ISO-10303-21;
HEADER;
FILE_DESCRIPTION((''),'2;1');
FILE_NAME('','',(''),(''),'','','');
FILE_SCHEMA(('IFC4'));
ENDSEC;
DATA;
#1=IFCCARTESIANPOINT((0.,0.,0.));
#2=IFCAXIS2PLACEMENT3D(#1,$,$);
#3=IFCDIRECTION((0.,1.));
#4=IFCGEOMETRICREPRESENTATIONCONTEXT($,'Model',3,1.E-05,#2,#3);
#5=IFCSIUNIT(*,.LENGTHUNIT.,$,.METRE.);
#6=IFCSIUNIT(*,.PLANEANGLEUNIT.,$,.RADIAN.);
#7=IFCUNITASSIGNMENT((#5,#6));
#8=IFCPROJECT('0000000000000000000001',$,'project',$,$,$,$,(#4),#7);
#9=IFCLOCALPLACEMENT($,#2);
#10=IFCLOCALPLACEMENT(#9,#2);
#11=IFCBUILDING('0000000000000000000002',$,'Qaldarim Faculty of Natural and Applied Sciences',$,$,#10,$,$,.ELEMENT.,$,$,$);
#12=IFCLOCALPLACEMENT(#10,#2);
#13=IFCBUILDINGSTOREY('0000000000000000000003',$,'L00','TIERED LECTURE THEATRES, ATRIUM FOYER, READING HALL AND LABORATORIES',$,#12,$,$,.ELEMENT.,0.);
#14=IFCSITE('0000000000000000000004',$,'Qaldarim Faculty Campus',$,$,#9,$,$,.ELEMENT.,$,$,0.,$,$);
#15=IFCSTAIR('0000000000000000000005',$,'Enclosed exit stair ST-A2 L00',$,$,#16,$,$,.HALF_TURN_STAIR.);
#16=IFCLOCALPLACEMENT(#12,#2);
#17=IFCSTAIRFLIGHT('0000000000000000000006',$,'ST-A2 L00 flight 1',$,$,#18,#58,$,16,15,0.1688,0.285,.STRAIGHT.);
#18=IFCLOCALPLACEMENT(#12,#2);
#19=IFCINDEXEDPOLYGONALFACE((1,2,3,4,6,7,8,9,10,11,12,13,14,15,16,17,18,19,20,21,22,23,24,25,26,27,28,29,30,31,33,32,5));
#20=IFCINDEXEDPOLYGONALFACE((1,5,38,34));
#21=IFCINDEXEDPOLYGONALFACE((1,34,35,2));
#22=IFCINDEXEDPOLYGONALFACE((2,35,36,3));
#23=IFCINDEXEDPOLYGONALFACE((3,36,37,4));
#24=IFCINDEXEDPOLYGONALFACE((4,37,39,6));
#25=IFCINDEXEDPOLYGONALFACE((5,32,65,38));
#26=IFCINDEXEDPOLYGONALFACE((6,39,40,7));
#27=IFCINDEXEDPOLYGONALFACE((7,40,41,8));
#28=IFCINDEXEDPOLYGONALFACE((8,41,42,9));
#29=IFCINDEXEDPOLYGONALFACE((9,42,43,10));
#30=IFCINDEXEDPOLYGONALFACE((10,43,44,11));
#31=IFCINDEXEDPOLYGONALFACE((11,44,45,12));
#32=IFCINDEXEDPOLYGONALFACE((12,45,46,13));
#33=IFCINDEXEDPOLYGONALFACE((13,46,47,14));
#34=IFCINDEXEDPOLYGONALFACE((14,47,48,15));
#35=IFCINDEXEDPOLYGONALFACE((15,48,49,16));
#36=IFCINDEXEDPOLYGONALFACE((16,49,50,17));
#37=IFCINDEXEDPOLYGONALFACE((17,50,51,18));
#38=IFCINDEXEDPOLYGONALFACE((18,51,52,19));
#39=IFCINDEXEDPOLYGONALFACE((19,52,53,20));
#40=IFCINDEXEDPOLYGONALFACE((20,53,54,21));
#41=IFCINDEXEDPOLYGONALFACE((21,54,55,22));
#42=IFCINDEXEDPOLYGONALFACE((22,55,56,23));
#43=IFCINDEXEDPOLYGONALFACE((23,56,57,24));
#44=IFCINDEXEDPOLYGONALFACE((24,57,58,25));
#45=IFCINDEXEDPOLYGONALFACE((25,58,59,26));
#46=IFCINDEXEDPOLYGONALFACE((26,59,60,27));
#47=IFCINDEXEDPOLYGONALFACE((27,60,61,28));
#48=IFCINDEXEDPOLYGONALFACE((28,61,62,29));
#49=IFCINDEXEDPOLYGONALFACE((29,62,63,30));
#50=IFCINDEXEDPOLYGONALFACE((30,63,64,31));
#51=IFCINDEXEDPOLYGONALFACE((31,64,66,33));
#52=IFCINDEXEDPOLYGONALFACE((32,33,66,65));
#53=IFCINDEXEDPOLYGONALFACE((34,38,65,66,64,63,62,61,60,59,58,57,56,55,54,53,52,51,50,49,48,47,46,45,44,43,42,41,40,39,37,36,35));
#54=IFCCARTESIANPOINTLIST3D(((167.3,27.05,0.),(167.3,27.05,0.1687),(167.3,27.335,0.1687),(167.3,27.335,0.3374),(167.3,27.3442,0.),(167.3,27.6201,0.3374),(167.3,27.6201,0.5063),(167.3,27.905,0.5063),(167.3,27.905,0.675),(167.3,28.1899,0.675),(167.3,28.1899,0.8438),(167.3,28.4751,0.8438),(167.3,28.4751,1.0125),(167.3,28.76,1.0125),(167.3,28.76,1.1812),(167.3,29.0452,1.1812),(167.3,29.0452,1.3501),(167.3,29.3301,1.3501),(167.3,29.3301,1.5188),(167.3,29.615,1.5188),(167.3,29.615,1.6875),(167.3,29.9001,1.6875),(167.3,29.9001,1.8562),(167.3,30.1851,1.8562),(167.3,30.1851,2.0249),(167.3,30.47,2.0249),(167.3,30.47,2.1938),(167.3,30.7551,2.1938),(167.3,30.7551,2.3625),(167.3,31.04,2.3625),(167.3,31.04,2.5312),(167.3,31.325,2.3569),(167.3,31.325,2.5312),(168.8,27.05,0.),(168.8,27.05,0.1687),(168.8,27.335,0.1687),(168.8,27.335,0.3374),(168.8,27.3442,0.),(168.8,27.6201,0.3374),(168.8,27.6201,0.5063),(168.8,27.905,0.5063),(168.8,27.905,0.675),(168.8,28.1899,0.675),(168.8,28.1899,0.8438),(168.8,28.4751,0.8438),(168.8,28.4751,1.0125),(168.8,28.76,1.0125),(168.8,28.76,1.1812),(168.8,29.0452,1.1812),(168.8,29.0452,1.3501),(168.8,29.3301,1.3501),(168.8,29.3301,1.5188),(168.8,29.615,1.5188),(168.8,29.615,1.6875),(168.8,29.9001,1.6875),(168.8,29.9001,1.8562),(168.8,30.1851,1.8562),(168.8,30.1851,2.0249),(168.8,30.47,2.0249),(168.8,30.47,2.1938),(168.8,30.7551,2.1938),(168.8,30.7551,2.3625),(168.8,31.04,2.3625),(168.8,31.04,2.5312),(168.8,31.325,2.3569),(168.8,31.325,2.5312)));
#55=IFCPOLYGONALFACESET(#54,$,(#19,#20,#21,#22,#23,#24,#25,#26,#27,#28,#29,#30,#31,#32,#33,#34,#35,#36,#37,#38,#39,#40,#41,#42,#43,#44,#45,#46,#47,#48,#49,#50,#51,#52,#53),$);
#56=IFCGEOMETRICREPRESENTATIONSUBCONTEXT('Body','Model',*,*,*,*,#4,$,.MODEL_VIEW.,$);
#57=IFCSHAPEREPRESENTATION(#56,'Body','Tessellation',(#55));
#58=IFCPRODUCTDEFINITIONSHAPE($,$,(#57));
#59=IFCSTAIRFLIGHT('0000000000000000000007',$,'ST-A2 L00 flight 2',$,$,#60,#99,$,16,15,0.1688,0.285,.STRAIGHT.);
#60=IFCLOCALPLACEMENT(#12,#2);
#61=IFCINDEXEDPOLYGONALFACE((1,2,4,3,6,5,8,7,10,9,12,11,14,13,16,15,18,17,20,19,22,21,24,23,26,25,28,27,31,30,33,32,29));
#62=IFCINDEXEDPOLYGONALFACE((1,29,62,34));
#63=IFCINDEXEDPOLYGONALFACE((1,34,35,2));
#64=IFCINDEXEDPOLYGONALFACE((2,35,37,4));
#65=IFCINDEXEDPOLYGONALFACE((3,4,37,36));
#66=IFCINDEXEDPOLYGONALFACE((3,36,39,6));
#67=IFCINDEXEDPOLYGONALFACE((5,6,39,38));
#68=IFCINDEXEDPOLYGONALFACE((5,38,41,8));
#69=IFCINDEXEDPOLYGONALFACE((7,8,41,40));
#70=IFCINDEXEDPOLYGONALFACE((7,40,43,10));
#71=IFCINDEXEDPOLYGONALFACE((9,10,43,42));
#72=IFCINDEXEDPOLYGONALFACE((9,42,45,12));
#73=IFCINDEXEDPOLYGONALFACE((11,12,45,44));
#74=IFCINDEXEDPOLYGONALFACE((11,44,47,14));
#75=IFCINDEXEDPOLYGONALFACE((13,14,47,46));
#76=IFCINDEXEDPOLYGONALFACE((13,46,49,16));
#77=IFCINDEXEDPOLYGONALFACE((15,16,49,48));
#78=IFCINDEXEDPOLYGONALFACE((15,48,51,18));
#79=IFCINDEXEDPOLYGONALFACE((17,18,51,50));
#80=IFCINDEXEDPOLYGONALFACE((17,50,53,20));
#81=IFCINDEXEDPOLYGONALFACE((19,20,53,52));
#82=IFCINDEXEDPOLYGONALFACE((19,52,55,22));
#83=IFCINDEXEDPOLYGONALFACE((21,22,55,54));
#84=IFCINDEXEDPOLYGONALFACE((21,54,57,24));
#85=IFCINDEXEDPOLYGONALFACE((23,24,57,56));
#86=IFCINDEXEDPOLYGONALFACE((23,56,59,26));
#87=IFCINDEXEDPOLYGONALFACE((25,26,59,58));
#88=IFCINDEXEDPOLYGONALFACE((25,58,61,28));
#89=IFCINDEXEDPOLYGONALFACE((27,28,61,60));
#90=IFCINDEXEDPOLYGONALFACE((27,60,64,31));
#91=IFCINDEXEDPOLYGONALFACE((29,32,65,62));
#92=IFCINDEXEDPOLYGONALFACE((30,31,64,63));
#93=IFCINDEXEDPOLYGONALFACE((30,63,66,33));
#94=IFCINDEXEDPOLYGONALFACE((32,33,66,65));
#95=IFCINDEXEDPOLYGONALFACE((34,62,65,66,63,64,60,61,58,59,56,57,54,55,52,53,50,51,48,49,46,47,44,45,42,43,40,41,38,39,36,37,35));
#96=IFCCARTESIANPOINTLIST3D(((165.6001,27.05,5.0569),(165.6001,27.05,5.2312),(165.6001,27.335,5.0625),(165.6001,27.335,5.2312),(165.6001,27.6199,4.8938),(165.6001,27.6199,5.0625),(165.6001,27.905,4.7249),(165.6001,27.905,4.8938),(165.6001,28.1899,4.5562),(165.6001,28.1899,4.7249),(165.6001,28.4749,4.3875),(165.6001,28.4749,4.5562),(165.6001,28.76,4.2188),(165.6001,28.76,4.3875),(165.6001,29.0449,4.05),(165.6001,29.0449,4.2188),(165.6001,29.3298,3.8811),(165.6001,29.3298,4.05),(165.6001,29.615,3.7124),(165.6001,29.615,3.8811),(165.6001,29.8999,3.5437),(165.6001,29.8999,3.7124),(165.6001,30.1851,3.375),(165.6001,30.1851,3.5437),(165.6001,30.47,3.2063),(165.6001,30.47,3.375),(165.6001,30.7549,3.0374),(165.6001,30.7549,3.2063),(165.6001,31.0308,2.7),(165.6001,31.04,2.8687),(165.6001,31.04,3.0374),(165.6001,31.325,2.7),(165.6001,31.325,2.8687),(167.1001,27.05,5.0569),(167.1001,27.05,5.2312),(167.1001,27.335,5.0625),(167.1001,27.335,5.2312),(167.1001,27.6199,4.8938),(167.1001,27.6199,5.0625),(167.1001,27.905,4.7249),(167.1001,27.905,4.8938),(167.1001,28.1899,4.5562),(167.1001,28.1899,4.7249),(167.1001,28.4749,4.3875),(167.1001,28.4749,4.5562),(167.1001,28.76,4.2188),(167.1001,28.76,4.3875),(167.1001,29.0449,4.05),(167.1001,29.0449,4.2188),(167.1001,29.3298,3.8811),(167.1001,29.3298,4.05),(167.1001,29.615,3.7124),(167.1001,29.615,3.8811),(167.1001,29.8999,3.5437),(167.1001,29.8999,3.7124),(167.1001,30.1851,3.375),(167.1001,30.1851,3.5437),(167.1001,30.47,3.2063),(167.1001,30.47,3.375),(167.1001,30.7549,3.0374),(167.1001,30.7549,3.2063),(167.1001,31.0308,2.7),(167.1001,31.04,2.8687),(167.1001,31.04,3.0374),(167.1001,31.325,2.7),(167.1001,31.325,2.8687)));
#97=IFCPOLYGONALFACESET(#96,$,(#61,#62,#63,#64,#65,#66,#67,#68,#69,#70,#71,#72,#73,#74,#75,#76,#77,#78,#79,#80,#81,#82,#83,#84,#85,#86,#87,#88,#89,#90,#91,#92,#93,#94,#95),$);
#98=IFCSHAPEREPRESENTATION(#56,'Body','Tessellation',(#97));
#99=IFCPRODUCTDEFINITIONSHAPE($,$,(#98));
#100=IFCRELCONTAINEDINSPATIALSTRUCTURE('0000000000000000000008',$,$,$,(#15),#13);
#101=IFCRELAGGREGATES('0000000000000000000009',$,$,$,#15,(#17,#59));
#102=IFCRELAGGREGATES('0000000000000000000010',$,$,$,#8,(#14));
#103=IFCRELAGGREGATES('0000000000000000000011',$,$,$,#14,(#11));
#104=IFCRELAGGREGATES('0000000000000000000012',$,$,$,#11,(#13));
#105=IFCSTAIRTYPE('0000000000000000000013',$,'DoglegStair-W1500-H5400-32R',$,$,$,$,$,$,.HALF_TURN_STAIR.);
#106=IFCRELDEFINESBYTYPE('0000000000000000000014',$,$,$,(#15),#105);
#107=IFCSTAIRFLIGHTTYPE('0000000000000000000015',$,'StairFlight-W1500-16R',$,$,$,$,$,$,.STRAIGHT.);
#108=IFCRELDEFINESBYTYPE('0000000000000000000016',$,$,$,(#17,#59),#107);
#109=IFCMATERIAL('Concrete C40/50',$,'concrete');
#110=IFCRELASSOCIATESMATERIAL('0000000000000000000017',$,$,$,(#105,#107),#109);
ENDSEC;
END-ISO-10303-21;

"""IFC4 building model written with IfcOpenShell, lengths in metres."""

from ifc_helpers import new_model, si_unit, direction, frame, origin, place, context, subcontext, project, spatial, polyline, outline, extrude, material, type_object, element, aggregate, save


model = new_model("IFC4")

# Units and contexts
model_context = context("Model", 3, precision=1e-05, world=origin(), true_north=direction((0.0, 1.0)))
body_context = subcontext(model_context, "Body", "Model", "MODEL_VIEW")
ifc_project = project(units=[si_unit("LENGTHUNIT", "METRE"), si_unit("PLANEANGLEUNIT", "RADIAN")], contexts=[model_context])

# Site, building, storey
site_placement = place(None, origin())
site = spatial("IfcSite", under=ifc_project, at=site_placement, Name="Qaldarim Faculty Campus", CompositionType="ELEMENT", RefElevation=0.0)
building_placement = place(site_placement, origin())
building = spatial("IfcBuilding", under=site, at=building_placement, Name="Qaldarim Faculty of Natural and Applied Sciences", CompositionType="ELEMENT")
storey_placement = place(building_placement, origin())
storey = spatial("IfcBuildingStorey", under=building, at=storey_placement, Name="L00", Description="TIERED LECTURE THEATRES, ATRIUM FOYER, READING HALL AND LABORATORIES", CompositionType="ELEMENT", Elevation=0.0)

# Shared definitions
ifc_material_1 = material(Name="Concrete C40/50", Category="concrete")

# Stair, stair flights
stair_type = type_object("IfcStairType", Name="DoglegStair-W1500-H5400-32R", PredefinedType="HALF_TURN_STAIR", material=ifc_material_1)
stair_placement = place(storey_placement, origin())
stair = element("IfcStair", 1, at=stair_placement, inside=storey, type_object=stair_type, Name="Enclosed exit stair ST-A2 L00", PredefinedType="HALF_TURN_STAIR")
stair_flight_type = type_object("IfcStairFlightType", Name="StairFlight-W1500-16R", PredefinedType="STRAIGHT", material=ifc_material_1)
stair_flight_1_placement = place(storey_placement, frame((168.05, 27.05, 0.0), z_axis=(0.0, 0.0, 1.0), x_axis=(0.0, 1.0, 0.0)))
stair_flight_1 = element("IfcStairFlight", 2, at=stair_flight_1_placement, type_object=stair_flight_type, Name="ST-A2 L00 flight 1", NumberOfRisers=16, NumberOfTreads=15, PredefinedType="STRAIGHT", RiserHeight=0.1688, TreadLength=0.285, context=body_context, shape_type="SweptSolid", body=[
    extrude(outline(polyline([(0.0, 0.0), (0.0, 0.1687), (0.2849, 0.1687), (0.2849, 0.3374), (0.5701, 0.3374), (0.5701, 0.5063), (0.855, 0.5063), (0.855, 0.675), (1.1399, 0.675), (1.1399, 0.8438), (1.425, 0.8438), (1.425, 1.0125), (1.71, 1.0125), (1.71, 1.1812), (1.9951, 1.1812), (1.9951, 1.3501), (2.28, 1.3501), (2.28, 1.5188), (2.5649, 1.5188), (2.5649, 1.6875), (2.8501, 1.6875), (2.8501, 1.8562), (3.135, 1.8562), (3.135, 2.0249), (3.4199, 2.0249), (3.4199, 2.1938), (3.7051, 2.1938), (3.7051, 2.3625), (3.99, 2.3625), (3.99, 2.5312), (4.2749, 2.5312), (4.2749, 2.7), (4.2749, 2.3569), (0.2942, 0.0), (0.0, 0.0)])), frame((0.0, 0.75, 0.0), z_axis=(0.0, -1.0, 0.0), x_axis=(1.0, 0.0, 0.0)), (0.0, 0.0, 1.0), 1.5),
])
stair_flight_2_placement = place(storey_placement, frame((166.3501, 31.325, 2.7), z_axis=(0.0, 0.0, 1.0), x_axis=(0.0, -1.0, 0.0)))
stair_flight_2 = element("IfcStairFlight", 3, at=stair_flight_2_placement, type_object=stair_flight_type, Name="ST-A2 L00 flight 2", NumberOfRisers=16, NumberOfTreads=15, PredefinedType="STRAIGHT", RiserHeight=0.1688, TreadLength=0.285, context=body_context, shape_type="SweptSolid", body=[
    extrude(outline(polyline([(0.0, 0.0), (0.0, 0.1687), (0.2849, 0.1687), (0.2849, 0.3374), (0.5701, 0.3374), (0.5701, 0.5063), (0.855, 0.5063), (0.855, 0.675), (1.1399, 0.675), (1.1399, 0.8438), (1.425, 0.8438), (1.425, 1.0125), (1.71, 1.0125), (1.71, 1.1812), (1.9951, 1.1812), (1.9951, 1.3501), (2.28, 1.3501), (2.28, 1.5188), (2.5649, 1.5188), (2.5649, 1.6875), (2.8501, 1.6875), (2.8501, 1.8562), (3.135, 1.8562), (3.135, 2.0249), (3.4199, 2.0249), (3.4199, 2.1938), (3.7051, 2.1938), (3.7051, 2.3625), (3.99, 2.3625), (3.99, 2.5312), (4.2749, 2.5312), (4.2749, 2.7), (4.2749, 2.3569), (0.2942, 0.0), (0.0, 0.0)])), frame((0.0, 0.75, 0.0), z_axis=(0.0, -1.0, 0.0), x_axis=(1.0, 0.0, 0.0)), (0.0, 0.0, 1.0), 1.5),
])
aggregate(stair, [stair_flight_1, stair_flight_2])

save(model, "model.ifc")
